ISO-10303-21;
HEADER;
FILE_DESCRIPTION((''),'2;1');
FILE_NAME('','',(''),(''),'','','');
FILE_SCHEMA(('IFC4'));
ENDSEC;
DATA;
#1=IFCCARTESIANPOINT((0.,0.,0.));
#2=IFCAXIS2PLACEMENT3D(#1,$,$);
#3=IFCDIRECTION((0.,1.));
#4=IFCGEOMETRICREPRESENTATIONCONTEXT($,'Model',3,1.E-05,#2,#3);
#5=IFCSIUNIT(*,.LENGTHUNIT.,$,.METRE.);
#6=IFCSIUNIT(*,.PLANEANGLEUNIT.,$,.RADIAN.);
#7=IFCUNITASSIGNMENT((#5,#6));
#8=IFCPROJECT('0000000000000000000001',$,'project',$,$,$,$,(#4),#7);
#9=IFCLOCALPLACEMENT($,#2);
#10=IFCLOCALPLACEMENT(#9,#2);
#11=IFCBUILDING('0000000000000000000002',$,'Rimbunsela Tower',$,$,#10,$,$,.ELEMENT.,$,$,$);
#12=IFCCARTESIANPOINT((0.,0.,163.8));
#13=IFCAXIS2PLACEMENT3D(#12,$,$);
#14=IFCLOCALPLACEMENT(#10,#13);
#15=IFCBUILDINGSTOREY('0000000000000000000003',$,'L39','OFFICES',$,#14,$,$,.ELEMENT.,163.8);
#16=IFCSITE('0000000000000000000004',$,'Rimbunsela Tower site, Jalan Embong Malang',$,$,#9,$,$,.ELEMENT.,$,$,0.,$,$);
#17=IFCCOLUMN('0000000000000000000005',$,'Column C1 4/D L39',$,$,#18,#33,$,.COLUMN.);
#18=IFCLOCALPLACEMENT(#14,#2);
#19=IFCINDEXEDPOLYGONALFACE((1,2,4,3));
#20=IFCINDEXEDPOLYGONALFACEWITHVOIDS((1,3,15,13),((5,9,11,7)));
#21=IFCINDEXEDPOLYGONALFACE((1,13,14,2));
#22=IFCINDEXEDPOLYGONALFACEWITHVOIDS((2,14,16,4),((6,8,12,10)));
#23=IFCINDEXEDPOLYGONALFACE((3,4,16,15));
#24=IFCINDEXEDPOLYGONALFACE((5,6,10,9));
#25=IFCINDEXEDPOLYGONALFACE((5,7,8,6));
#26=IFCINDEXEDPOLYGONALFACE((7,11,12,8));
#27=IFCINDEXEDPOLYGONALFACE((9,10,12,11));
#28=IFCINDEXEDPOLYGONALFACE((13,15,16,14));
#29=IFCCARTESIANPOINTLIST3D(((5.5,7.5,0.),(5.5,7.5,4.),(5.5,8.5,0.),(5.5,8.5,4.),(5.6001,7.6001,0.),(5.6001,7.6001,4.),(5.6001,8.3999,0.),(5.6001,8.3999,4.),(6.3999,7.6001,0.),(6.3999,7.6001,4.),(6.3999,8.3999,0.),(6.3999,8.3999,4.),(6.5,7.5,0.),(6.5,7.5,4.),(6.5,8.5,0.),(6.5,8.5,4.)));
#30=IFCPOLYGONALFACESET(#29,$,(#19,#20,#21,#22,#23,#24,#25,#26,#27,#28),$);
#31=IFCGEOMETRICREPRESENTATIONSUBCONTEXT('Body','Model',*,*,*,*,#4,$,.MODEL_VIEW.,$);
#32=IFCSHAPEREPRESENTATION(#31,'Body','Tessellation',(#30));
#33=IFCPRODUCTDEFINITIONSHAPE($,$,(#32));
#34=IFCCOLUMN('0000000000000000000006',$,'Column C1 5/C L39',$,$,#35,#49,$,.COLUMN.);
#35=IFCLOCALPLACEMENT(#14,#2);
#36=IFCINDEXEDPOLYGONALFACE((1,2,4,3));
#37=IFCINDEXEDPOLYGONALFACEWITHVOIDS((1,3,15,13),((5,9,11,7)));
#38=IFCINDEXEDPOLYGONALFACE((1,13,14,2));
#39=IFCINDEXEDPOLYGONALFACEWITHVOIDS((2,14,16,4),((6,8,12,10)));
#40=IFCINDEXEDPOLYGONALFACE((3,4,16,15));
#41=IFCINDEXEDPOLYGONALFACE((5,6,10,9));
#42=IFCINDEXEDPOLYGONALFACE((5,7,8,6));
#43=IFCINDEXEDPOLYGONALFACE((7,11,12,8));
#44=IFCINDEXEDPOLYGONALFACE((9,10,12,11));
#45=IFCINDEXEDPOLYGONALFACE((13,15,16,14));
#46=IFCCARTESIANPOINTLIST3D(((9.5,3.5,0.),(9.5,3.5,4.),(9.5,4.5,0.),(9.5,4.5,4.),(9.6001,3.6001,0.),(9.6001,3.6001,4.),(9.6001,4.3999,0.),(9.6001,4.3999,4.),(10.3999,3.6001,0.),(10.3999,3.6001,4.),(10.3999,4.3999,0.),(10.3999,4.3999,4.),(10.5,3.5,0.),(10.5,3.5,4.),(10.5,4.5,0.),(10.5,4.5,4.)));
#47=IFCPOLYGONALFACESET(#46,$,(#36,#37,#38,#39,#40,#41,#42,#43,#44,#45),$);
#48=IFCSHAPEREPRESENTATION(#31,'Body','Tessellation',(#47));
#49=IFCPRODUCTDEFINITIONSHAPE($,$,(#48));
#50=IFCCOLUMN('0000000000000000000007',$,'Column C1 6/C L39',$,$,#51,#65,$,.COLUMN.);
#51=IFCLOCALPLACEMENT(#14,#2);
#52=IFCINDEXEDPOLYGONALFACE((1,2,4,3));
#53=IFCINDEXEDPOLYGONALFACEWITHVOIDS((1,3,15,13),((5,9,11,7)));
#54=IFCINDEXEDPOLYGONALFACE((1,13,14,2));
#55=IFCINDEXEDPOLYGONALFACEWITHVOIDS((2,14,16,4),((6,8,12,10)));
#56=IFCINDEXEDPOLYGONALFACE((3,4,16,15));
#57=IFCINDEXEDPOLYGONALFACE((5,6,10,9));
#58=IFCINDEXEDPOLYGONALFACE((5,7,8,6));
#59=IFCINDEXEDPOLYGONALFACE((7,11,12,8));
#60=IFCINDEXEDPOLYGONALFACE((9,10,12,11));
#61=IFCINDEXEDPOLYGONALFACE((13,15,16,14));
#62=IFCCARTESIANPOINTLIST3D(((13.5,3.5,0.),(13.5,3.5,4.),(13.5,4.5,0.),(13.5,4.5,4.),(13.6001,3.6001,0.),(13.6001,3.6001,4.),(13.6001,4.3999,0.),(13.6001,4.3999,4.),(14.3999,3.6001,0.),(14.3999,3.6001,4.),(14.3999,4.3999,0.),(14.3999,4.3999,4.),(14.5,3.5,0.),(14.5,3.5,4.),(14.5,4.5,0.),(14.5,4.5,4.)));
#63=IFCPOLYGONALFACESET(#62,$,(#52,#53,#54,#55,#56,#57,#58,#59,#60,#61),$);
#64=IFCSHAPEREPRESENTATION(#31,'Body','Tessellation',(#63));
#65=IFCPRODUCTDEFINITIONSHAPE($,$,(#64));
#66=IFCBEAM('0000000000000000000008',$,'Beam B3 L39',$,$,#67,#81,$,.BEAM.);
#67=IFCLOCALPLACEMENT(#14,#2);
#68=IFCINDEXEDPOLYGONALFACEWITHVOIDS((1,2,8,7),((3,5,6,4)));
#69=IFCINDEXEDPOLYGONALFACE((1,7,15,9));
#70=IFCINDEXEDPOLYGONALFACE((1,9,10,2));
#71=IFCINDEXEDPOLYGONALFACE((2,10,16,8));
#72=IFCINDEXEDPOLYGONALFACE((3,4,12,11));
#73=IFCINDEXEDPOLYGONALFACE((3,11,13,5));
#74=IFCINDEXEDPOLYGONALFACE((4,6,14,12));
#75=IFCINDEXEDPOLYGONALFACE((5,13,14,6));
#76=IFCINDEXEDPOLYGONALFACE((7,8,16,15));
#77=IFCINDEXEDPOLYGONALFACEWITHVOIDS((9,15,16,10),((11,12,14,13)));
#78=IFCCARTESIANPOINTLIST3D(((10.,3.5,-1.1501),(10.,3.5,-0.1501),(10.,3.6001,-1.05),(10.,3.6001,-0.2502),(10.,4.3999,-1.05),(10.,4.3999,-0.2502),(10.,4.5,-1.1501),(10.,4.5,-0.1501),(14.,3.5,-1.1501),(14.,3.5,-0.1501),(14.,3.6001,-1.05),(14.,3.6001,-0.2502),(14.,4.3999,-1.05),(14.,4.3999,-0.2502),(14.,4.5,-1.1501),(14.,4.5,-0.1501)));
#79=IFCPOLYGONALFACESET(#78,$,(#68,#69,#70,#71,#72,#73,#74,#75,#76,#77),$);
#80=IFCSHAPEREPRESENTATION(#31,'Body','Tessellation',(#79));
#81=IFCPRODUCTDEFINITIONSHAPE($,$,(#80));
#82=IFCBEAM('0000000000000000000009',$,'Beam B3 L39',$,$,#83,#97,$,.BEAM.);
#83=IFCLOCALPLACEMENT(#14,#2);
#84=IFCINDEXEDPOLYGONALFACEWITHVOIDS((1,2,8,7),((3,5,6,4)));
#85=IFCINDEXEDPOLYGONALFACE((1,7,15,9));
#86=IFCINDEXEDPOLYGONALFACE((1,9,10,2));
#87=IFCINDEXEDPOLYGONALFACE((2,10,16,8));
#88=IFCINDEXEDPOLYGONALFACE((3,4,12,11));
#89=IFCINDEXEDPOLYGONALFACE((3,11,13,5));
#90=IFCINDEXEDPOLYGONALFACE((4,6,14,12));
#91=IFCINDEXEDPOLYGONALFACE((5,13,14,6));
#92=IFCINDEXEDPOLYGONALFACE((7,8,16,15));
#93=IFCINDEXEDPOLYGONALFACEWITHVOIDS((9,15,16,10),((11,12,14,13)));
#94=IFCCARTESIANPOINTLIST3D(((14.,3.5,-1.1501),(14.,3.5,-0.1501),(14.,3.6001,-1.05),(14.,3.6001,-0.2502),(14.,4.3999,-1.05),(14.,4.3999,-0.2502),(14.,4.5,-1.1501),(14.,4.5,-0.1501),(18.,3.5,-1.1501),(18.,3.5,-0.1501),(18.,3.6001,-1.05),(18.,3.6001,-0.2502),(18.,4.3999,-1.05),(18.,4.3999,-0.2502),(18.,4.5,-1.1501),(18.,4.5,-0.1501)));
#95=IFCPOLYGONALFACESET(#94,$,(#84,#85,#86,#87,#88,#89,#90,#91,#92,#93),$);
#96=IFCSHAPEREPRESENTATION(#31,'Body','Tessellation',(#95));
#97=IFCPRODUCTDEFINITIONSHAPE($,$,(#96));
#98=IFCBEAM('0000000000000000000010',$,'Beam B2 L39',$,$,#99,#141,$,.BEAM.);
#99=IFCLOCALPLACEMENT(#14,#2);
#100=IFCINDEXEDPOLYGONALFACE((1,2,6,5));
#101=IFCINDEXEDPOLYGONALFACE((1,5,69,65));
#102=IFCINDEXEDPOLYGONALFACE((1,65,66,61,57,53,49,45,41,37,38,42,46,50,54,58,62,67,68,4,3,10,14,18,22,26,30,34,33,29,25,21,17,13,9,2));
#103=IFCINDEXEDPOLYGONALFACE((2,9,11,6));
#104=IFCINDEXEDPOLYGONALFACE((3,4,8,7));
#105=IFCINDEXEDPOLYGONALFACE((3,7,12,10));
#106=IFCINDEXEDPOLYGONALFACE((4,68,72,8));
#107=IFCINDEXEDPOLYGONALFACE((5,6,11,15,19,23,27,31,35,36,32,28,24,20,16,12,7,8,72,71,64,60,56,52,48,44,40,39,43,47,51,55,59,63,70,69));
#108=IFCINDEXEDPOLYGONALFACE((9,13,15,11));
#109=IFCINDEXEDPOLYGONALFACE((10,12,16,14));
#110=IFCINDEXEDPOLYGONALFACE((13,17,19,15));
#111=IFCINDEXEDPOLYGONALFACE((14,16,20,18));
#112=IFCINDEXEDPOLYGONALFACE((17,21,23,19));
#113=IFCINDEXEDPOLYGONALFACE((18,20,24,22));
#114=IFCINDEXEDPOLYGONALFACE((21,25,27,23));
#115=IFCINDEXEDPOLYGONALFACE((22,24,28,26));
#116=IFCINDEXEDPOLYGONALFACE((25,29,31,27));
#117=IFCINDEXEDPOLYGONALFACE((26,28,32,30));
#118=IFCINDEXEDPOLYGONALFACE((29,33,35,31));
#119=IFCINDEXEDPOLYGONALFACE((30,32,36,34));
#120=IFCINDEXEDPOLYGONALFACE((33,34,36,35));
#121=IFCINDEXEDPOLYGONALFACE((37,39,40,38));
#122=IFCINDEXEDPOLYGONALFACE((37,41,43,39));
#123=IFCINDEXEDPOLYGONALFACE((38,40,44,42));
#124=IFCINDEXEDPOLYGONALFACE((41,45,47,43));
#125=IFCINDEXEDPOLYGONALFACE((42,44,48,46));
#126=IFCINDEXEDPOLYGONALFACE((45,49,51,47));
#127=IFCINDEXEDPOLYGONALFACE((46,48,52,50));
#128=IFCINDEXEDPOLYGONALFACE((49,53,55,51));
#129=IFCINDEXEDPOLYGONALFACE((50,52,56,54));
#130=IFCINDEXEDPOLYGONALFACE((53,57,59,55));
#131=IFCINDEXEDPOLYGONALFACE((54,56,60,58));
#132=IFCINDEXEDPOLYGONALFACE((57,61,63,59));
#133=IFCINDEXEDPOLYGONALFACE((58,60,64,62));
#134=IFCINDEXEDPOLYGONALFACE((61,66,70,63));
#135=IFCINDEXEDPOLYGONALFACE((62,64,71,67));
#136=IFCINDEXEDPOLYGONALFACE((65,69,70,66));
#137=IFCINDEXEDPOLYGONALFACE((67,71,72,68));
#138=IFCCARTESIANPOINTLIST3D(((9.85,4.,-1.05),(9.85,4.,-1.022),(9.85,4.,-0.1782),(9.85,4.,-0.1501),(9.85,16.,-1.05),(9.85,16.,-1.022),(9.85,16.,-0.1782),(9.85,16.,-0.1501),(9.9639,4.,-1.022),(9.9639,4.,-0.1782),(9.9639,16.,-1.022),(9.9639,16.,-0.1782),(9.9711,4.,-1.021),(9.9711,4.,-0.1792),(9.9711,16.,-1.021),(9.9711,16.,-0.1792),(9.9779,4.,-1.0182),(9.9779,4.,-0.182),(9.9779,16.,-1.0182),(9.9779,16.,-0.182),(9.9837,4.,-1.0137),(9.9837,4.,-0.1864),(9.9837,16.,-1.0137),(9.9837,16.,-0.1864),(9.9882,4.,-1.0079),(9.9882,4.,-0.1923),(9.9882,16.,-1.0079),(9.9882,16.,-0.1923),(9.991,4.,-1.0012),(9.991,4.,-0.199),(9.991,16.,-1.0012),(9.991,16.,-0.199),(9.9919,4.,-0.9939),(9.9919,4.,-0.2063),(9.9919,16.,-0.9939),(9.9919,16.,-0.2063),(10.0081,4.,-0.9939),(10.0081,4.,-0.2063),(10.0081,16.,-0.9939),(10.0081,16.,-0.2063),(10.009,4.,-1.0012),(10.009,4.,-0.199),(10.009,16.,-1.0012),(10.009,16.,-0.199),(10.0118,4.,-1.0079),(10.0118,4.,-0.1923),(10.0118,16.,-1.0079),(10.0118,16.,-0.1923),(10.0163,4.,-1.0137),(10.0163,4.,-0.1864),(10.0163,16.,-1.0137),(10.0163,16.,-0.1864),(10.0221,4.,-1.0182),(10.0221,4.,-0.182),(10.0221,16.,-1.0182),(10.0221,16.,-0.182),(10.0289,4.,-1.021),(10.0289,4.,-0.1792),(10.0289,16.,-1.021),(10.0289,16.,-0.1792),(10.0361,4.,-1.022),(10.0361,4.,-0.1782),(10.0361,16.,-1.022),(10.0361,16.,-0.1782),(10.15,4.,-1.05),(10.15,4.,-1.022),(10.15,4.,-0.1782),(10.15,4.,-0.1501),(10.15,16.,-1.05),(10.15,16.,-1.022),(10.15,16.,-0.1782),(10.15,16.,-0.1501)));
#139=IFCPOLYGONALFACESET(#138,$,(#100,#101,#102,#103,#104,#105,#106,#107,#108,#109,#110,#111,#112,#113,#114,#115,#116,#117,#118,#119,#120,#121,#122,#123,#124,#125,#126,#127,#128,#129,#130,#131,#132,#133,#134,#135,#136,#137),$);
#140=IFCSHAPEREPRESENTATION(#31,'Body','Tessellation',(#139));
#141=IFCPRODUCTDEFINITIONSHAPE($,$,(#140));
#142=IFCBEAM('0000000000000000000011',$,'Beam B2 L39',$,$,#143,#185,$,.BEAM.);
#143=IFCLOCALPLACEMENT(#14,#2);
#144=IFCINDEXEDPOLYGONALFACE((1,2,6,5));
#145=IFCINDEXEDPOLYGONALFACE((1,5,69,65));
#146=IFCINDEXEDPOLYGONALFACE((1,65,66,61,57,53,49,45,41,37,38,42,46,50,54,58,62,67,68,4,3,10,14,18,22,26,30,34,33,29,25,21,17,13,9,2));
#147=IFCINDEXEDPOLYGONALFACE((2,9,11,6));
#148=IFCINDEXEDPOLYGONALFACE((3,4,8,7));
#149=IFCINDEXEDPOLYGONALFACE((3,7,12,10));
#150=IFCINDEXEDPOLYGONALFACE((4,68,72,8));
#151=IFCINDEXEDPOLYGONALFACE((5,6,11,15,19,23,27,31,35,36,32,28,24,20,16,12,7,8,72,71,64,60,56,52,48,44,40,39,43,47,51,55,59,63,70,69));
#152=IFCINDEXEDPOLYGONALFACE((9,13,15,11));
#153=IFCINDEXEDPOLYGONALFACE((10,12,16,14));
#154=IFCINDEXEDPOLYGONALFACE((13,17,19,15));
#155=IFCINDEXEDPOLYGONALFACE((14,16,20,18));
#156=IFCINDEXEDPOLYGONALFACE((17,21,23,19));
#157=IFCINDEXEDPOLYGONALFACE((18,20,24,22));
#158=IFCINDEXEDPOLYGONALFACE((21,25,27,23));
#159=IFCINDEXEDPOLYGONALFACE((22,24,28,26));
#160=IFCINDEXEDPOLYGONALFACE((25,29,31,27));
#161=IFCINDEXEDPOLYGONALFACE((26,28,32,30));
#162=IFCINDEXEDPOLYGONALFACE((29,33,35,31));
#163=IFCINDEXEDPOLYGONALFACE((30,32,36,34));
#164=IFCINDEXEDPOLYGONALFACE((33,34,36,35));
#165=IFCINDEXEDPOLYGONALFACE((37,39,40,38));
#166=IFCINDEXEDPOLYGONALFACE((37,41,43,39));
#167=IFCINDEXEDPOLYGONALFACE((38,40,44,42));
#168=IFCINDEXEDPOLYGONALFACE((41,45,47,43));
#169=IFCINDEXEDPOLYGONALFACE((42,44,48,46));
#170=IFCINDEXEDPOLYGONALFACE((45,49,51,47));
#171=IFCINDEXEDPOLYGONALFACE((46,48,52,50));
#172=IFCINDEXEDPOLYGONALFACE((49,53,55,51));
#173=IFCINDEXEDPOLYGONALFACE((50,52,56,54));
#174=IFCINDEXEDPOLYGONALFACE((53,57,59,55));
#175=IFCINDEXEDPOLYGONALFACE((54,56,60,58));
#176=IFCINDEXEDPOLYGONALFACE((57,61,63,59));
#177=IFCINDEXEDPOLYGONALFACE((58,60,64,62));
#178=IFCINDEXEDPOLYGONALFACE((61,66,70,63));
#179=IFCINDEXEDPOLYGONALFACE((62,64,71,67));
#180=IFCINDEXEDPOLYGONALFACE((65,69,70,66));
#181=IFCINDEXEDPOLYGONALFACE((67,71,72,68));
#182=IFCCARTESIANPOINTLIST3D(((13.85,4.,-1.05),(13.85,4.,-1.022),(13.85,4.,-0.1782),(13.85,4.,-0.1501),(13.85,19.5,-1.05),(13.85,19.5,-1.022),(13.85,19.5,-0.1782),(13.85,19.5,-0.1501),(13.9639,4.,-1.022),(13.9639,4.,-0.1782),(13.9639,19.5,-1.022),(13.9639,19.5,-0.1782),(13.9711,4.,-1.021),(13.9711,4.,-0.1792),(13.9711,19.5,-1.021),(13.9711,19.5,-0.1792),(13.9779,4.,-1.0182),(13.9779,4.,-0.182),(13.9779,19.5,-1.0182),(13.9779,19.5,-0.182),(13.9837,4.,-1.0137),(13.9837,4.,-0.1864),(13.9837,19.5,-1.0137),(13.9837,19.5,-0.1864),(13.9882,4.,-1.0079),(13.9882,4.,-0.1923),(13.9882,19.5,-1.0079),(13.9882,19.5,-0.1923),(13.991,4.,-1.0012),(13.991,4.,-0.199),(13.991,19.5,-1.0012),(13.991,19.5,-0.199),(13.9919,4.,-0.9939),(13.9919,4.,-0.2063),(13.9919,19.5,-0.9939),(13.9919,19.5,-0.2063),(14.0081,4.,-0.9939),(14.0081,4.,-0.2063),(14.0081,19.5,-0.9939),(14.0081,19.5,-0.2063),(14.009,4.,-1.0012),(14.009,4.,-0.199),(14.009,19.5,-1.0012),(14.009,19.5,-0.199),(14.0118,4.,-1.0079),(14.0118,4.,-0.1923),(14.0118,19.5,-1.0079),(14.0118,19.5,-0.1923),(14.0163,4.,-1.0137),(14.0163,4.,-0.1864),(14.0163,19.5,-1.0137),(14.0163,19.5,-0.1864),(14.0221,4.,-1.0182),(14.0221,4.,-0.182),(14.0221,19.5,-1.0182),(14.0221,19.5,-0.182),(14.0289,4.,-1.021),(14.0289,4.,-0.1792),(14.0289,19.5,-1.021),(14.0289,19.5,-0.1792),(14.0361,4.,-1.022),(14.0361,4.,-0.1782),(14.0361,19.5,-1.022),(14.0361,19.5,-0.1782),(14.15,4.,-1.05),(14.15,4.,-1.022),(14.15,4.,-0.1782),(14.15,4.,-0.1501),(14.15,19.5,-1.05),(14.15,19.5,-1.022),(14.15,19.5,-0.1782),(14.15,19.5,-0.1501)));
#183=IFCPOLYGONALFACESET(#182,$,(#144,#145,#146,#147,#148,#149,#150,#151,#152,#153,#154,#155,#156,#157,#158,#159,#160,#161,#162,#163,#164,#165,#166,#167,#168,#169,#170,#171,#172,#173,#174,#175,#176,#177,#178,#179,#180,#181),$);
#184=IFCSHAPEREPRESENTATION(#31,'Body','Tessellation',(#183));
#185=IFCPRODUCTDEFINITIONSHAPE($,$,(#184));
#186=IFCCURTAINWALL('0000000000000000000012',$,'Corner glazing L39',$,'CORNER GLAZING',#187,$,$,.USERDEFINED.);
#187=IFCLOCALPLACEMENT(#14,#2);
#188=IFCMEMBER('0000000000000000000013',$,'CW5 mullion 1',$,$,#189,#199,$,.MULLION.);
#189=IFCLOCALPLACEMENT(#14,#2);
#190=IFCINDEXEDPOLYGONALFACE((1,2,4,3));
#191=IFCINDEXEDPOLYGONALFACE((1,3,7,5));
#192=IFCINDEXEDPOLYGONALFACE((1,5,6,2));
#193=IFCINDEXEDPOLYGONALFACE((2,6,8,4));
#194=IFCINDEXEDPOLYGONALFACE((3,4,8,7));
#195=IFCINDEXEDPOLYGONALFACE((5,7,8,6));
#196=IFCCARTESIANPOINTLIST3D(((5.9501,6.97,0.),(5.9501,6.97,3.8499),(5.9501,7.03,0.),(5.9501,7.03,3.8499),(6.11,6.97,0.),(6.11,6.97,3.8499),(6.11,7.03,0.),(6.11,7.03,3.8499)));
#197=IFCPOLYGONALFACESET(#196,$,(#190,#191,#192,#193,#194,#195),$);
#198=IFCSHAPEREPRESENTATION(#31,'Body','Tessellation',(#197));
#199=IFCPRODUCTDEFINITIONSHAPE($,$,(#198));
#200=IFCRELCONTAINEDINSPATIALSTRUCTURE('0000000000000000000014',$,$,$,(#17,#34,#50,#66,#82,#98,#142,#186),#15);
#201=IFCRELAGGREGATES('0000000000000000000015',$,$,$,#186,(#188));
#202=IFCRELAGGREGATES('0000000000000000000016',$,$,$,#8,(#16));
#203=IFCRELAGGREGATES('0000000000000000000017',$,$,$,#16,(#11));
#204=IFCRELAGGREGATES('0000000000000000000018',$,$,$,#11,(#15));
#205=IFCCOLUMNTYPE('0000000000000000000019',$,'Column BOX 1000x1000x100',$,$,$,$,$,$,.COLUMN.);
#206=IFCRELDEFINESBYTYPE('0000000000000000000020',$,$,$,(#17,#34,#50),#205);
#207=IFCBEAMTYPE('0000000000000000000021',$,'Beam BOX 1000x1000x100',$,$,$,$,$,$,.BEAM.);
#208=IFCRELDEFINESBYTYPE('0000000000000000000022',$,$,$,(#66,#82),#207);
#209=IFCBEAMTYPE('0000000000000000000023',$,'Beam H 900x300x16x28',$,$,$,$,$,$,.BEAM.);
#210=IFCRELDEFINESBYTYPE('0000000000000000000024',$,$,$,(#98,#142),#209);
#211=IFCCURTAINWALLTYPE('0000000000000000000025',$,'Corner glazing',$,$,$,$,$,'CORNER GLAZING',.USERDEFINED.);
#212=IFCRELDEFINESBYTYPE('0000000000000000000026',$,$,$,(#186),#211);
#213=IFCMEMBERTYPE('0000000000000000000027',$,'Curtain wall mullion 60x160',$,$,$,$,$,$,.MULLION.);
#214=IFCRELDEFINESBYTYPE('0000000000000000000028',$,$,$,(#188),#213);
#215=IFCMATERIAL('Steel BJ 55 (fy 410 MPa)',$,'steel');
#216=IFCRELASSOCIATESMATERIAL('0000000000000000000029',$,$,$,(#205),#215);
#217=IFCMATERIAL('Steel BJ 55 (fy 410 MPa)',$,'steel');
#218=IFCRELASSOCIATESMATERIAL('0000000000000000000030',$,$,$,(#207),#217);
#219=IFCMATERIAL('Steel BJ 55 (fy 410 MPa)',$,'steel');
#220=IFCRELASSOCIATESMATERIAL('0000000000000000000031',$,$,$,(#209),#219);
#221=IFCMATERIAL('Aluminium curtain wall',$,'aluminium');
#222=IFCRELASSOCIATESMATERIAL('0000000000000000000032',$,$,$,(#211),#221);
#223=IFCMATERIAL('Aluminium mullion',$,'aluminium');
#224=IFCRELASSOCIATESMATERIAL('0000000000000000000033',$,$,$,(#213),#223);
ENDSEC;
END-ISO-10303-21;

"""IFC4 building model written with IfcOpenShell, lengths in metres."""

from ifc_helpers import new_model, si_unit, direction, frame, origin, origin_2d, place, context, subcontext, project, spatial, rectangle, hollow_rectangle, i_section, extrude, material, material_profile, profile_set, type_object, element, aggregate, save


model = new_model("IFC4")

# Units and contexts
model_context = context("Model", 3, precision=1e-05, world=origin(), true_north=direction((0.0, 1.0)))
body_context = subcontext(model_context, "Body", "Model", "MODEL_VIEW")
ifc_project = project(units=[si_unit("LENGTHUNIT", "METRE"), si_unit("PLANEANGLEUNIT", "RADIAN")], contexts=[model_context])

# Site, building, storey
site_placement = place(None, origin())
site = spatial("IfcSite", under=ifc_project, at=site_placement, Name="Rimbunsela Tower site, Jalan Embong Malang", CompositionType="ELEMENT", RefElevation=0.0)
building_placement = place(site_placement, origin())
building = spatial("IfcBuilding", under=site, at=building_placement, Name="Rimbunsela Tower", CompositionType="ELEMENT")
storey_placement = place(building_placement, frame((0.0, 0.0, 163.8)))
storey = spatial("IfcBuildingStorey", under=building, at=storey_placement, Name="L39", Description="OFFICES", CompositionType="ELEMENT", Elevation=163.8)

# Columns
ifc_material_1 = material(Name="Steel BJ 55 (fy 410 MPa)", Category="steel")
ifc_material_profile_1 = material_profile(ifc_material_1, hollow_rectangle(XDim=1.0, YDim=1.0, WallThickness=0.1001, at=origin_2d()), Name="BOX 1000x1000x100")
ifc_profile_set_1 = profile_set([ifc_material_profile_1], Name="Steel BJ 55 (fy 410 MPa)")
column_type = type_object("IfcColumnType", Name="Column BOX 1000x1000x100", PredefinedType="COLUMN", material=ifc_profile_set_1)
for number, where, z_axis, x_axis, name in (
    (1, (6.0, 8.0, 0.0), (0.0, 0.0, 1.0), (1.0, 0.0, 0.0), "Column C1 4/D L39"),
    (2, (10.0, 4.0, 0.0), (0.0, 0.0, 1.0), (1.0, 0.0, 0.0), "Column C1 5/C L39"),
    (3, (14.0, 4.0, 0.0), (0.0, 0.0, 1.0), (1.0, 0.0, 0.0), "Column C1 6/C L39"),
):
    element("IfcColumn", number, at=place(storey_placement, frame(where, z_axis=z_axis, x_axis=x_axis)), inside=storey, type_object=column_type, Name=name, PredefinedType="COLUMN", context=body_context, shape_type="SweptSolid", body=[
        extrude(hollow_rectangle(XDim=1.0, YDim=1.0, WallThickness=0.1001, at=origin_2d()), origin(), (0.0, 0.0, 1.0), 4.0),
    ])

# Beams
ifc_material_2 = material(Name="Steel BJ 55 (fy 410 MPa)", Category="steel")
ifc_material_profile_2 = material_profile(ifc_material_2, hollow_rectangle(XDim=1.0, YDim=1.0, WallThickness=0.1001, at=origin_2d()), Name="BOX 1000x1000x100")
ifc_profile_set_2 = profile_set([ifc_material_profile_2], Name="Steel BJ 55 (fy 410 MPa)")
beam_type_1 = type_object("IfcBeamType", Name="Beam BOX 1000x1000x100", PredefinedType="BEAM", material=ifc_profile_set_2)
for number, where, z_axis, x_axis, name in (
    (4, (10.0, 4.0, -0.6501), (1.0, 0.0, 0.0), (0.0, 1.0, 0.0), "Beam B3 L39"),
    (5, (14.0, 4.0, -0.6501), (1.0, 0.0, 0.0), (0.0, 1.0, 0.0), "Beam B3 L39"),
):
    element("IfcBeam", number, at=place(storey_placement, frame(where, z_axis=z_axis, x_axis=x_axis)), inside=storey, type_object=beam_type_1, Name=name, PredefinedType="BEAM", context=body_context, shape_type="SweptSolid", body=[
        extrude(hollow_rectangle(XDim=1.0, YDim=1.0, WallThickness=0.1001, at=origin_2d()), origin(), (0.0, 0.0, 1.0), 4.0),
    ])
ifc_material_3 = material(Name="Steel BJ 55 (fy 410 MPa)", Category="steel")
ifc_material_profile_3 = material_profile(ifc_material_3, i_section(OverallWidth=0.3, OverallDepth=0.8999, WebThickness=0.0161, FlangeThickness=0.0281, FilletRadius=0.0281, at=origin_2d()), Name="H 900x300x16x28")
ifc_profile_set_3 = profile_set([ifc_material_profile_3], Name="Steel BJ 55 (fy 410 MPa)")
beam_type_2 = type_object("IfcBeamType", Name="Beam H 900x300x16x28", PredefinedType="BEAM", material=ifc_profile_set_3)
beam_1_placement = place(storey_placement, frame((10.0, 4.0, -0.6001), z_axis=(0.0, 1.0, 0.0), x_axis=(-1.0, 0.0, 0.0)))
element("IfcBeam", 6, at=beam_1_placement, inside=storey, type_object=beam_type_2, Name="Beam B2 L39", PredefinedType="BEAM", context=body_context, shape_type="SweptSolid", body=[
    extrude(i_section(OverallWidth=0.3, OverallDepth=0.8999, WebThickness=0.0161, FlangeThickness=0.0281, FilletRadius=0.0281, at=origin_2d()), origin(), (0.0, 0.0, 1.0), 12.0),
])
beam_2_placement = place(storey_placement, frame((14.0, 4.0, -0.6001), z_axis=(0.0, 1.0, 0.0), x_axis=(-1.0, 0.0, 0.0)))
element("IfcBeam", 7, at=beam_2_placement, inside=storey, type_object=beam_type_2, Name="Beam B2 L39", PredefinedType="BEAM", context=body_context, shape_type="SweptSolid", body=[
    extrude(i_section(OverallWidth=0.3, OverallDepth=0.8999, WebThickness=0.0161, FlangeThickness=0.0281, FilletRadius=0.0281, at=origin_2d()), origin(), (0.0, 0.0, 1.0), 15.5),
])

# Curtain wall, member
ifc_material_4 = material(Name="Aluminium curtain wall", Category="aluminium")
curtain_wall_type = type_object("IfcCurtainWallType", Name="Corner glazing", ElementType="CORNER GLAZING", PredefinedType="USERDEFINED", material=ifc_material_4)
curtain_wall_1_placement = place(storey_placement, origin())
curtain_wall_1 = element("IfcCurtainWall", 8, at=curtain_wall_1_placement, inside=storey, type_object=curtain_wall_type, Name="Corner glazing L39", ObjectType="CORNER GLAZING", PredefinedType="USERDEFINED")
ifc_material_5 = material(Name="Aluminium mullion", Category="aluminium")
ifc_material_profile_4 = material_profile(ifc_material_5, rectangle(XDim=0.0601, YDim=0.1599, at=origin_2d()), Name="Mullion 60x160")
ifc_profile_set_4 = profile_set([ifc_material_profile_4], Name="Aluminium mullion")
member_type_1 = type_object("IfcMemberType", Name="Curtain wall mullion 60x160", PredefinedType="MULLION", material=ifc_profile_set_4)
member_1_placement = place(storey_placement, frame((6.03, 7.0, 0.0), z_axis=(0.0, 0.0, 1.0), x_axis=(0.0, 1.0, 0.0)))
member_1 = element("IfcMember", 9, at=member_1_placement, type_object=member_type_1, Name="CW5 mullion 1", PredefinedType="MULLION", context=body_context, shape_type="SweptSolid", body=[
    extrude(rectangle(XDim=0.0601, YDim=0.1599, at=origin_2d()), origin(), (0.0, 0.0, 1.0), 3.8499),
])

aggregate(curtain_wall_1, [member_1])

save(model, "model.ifc")
